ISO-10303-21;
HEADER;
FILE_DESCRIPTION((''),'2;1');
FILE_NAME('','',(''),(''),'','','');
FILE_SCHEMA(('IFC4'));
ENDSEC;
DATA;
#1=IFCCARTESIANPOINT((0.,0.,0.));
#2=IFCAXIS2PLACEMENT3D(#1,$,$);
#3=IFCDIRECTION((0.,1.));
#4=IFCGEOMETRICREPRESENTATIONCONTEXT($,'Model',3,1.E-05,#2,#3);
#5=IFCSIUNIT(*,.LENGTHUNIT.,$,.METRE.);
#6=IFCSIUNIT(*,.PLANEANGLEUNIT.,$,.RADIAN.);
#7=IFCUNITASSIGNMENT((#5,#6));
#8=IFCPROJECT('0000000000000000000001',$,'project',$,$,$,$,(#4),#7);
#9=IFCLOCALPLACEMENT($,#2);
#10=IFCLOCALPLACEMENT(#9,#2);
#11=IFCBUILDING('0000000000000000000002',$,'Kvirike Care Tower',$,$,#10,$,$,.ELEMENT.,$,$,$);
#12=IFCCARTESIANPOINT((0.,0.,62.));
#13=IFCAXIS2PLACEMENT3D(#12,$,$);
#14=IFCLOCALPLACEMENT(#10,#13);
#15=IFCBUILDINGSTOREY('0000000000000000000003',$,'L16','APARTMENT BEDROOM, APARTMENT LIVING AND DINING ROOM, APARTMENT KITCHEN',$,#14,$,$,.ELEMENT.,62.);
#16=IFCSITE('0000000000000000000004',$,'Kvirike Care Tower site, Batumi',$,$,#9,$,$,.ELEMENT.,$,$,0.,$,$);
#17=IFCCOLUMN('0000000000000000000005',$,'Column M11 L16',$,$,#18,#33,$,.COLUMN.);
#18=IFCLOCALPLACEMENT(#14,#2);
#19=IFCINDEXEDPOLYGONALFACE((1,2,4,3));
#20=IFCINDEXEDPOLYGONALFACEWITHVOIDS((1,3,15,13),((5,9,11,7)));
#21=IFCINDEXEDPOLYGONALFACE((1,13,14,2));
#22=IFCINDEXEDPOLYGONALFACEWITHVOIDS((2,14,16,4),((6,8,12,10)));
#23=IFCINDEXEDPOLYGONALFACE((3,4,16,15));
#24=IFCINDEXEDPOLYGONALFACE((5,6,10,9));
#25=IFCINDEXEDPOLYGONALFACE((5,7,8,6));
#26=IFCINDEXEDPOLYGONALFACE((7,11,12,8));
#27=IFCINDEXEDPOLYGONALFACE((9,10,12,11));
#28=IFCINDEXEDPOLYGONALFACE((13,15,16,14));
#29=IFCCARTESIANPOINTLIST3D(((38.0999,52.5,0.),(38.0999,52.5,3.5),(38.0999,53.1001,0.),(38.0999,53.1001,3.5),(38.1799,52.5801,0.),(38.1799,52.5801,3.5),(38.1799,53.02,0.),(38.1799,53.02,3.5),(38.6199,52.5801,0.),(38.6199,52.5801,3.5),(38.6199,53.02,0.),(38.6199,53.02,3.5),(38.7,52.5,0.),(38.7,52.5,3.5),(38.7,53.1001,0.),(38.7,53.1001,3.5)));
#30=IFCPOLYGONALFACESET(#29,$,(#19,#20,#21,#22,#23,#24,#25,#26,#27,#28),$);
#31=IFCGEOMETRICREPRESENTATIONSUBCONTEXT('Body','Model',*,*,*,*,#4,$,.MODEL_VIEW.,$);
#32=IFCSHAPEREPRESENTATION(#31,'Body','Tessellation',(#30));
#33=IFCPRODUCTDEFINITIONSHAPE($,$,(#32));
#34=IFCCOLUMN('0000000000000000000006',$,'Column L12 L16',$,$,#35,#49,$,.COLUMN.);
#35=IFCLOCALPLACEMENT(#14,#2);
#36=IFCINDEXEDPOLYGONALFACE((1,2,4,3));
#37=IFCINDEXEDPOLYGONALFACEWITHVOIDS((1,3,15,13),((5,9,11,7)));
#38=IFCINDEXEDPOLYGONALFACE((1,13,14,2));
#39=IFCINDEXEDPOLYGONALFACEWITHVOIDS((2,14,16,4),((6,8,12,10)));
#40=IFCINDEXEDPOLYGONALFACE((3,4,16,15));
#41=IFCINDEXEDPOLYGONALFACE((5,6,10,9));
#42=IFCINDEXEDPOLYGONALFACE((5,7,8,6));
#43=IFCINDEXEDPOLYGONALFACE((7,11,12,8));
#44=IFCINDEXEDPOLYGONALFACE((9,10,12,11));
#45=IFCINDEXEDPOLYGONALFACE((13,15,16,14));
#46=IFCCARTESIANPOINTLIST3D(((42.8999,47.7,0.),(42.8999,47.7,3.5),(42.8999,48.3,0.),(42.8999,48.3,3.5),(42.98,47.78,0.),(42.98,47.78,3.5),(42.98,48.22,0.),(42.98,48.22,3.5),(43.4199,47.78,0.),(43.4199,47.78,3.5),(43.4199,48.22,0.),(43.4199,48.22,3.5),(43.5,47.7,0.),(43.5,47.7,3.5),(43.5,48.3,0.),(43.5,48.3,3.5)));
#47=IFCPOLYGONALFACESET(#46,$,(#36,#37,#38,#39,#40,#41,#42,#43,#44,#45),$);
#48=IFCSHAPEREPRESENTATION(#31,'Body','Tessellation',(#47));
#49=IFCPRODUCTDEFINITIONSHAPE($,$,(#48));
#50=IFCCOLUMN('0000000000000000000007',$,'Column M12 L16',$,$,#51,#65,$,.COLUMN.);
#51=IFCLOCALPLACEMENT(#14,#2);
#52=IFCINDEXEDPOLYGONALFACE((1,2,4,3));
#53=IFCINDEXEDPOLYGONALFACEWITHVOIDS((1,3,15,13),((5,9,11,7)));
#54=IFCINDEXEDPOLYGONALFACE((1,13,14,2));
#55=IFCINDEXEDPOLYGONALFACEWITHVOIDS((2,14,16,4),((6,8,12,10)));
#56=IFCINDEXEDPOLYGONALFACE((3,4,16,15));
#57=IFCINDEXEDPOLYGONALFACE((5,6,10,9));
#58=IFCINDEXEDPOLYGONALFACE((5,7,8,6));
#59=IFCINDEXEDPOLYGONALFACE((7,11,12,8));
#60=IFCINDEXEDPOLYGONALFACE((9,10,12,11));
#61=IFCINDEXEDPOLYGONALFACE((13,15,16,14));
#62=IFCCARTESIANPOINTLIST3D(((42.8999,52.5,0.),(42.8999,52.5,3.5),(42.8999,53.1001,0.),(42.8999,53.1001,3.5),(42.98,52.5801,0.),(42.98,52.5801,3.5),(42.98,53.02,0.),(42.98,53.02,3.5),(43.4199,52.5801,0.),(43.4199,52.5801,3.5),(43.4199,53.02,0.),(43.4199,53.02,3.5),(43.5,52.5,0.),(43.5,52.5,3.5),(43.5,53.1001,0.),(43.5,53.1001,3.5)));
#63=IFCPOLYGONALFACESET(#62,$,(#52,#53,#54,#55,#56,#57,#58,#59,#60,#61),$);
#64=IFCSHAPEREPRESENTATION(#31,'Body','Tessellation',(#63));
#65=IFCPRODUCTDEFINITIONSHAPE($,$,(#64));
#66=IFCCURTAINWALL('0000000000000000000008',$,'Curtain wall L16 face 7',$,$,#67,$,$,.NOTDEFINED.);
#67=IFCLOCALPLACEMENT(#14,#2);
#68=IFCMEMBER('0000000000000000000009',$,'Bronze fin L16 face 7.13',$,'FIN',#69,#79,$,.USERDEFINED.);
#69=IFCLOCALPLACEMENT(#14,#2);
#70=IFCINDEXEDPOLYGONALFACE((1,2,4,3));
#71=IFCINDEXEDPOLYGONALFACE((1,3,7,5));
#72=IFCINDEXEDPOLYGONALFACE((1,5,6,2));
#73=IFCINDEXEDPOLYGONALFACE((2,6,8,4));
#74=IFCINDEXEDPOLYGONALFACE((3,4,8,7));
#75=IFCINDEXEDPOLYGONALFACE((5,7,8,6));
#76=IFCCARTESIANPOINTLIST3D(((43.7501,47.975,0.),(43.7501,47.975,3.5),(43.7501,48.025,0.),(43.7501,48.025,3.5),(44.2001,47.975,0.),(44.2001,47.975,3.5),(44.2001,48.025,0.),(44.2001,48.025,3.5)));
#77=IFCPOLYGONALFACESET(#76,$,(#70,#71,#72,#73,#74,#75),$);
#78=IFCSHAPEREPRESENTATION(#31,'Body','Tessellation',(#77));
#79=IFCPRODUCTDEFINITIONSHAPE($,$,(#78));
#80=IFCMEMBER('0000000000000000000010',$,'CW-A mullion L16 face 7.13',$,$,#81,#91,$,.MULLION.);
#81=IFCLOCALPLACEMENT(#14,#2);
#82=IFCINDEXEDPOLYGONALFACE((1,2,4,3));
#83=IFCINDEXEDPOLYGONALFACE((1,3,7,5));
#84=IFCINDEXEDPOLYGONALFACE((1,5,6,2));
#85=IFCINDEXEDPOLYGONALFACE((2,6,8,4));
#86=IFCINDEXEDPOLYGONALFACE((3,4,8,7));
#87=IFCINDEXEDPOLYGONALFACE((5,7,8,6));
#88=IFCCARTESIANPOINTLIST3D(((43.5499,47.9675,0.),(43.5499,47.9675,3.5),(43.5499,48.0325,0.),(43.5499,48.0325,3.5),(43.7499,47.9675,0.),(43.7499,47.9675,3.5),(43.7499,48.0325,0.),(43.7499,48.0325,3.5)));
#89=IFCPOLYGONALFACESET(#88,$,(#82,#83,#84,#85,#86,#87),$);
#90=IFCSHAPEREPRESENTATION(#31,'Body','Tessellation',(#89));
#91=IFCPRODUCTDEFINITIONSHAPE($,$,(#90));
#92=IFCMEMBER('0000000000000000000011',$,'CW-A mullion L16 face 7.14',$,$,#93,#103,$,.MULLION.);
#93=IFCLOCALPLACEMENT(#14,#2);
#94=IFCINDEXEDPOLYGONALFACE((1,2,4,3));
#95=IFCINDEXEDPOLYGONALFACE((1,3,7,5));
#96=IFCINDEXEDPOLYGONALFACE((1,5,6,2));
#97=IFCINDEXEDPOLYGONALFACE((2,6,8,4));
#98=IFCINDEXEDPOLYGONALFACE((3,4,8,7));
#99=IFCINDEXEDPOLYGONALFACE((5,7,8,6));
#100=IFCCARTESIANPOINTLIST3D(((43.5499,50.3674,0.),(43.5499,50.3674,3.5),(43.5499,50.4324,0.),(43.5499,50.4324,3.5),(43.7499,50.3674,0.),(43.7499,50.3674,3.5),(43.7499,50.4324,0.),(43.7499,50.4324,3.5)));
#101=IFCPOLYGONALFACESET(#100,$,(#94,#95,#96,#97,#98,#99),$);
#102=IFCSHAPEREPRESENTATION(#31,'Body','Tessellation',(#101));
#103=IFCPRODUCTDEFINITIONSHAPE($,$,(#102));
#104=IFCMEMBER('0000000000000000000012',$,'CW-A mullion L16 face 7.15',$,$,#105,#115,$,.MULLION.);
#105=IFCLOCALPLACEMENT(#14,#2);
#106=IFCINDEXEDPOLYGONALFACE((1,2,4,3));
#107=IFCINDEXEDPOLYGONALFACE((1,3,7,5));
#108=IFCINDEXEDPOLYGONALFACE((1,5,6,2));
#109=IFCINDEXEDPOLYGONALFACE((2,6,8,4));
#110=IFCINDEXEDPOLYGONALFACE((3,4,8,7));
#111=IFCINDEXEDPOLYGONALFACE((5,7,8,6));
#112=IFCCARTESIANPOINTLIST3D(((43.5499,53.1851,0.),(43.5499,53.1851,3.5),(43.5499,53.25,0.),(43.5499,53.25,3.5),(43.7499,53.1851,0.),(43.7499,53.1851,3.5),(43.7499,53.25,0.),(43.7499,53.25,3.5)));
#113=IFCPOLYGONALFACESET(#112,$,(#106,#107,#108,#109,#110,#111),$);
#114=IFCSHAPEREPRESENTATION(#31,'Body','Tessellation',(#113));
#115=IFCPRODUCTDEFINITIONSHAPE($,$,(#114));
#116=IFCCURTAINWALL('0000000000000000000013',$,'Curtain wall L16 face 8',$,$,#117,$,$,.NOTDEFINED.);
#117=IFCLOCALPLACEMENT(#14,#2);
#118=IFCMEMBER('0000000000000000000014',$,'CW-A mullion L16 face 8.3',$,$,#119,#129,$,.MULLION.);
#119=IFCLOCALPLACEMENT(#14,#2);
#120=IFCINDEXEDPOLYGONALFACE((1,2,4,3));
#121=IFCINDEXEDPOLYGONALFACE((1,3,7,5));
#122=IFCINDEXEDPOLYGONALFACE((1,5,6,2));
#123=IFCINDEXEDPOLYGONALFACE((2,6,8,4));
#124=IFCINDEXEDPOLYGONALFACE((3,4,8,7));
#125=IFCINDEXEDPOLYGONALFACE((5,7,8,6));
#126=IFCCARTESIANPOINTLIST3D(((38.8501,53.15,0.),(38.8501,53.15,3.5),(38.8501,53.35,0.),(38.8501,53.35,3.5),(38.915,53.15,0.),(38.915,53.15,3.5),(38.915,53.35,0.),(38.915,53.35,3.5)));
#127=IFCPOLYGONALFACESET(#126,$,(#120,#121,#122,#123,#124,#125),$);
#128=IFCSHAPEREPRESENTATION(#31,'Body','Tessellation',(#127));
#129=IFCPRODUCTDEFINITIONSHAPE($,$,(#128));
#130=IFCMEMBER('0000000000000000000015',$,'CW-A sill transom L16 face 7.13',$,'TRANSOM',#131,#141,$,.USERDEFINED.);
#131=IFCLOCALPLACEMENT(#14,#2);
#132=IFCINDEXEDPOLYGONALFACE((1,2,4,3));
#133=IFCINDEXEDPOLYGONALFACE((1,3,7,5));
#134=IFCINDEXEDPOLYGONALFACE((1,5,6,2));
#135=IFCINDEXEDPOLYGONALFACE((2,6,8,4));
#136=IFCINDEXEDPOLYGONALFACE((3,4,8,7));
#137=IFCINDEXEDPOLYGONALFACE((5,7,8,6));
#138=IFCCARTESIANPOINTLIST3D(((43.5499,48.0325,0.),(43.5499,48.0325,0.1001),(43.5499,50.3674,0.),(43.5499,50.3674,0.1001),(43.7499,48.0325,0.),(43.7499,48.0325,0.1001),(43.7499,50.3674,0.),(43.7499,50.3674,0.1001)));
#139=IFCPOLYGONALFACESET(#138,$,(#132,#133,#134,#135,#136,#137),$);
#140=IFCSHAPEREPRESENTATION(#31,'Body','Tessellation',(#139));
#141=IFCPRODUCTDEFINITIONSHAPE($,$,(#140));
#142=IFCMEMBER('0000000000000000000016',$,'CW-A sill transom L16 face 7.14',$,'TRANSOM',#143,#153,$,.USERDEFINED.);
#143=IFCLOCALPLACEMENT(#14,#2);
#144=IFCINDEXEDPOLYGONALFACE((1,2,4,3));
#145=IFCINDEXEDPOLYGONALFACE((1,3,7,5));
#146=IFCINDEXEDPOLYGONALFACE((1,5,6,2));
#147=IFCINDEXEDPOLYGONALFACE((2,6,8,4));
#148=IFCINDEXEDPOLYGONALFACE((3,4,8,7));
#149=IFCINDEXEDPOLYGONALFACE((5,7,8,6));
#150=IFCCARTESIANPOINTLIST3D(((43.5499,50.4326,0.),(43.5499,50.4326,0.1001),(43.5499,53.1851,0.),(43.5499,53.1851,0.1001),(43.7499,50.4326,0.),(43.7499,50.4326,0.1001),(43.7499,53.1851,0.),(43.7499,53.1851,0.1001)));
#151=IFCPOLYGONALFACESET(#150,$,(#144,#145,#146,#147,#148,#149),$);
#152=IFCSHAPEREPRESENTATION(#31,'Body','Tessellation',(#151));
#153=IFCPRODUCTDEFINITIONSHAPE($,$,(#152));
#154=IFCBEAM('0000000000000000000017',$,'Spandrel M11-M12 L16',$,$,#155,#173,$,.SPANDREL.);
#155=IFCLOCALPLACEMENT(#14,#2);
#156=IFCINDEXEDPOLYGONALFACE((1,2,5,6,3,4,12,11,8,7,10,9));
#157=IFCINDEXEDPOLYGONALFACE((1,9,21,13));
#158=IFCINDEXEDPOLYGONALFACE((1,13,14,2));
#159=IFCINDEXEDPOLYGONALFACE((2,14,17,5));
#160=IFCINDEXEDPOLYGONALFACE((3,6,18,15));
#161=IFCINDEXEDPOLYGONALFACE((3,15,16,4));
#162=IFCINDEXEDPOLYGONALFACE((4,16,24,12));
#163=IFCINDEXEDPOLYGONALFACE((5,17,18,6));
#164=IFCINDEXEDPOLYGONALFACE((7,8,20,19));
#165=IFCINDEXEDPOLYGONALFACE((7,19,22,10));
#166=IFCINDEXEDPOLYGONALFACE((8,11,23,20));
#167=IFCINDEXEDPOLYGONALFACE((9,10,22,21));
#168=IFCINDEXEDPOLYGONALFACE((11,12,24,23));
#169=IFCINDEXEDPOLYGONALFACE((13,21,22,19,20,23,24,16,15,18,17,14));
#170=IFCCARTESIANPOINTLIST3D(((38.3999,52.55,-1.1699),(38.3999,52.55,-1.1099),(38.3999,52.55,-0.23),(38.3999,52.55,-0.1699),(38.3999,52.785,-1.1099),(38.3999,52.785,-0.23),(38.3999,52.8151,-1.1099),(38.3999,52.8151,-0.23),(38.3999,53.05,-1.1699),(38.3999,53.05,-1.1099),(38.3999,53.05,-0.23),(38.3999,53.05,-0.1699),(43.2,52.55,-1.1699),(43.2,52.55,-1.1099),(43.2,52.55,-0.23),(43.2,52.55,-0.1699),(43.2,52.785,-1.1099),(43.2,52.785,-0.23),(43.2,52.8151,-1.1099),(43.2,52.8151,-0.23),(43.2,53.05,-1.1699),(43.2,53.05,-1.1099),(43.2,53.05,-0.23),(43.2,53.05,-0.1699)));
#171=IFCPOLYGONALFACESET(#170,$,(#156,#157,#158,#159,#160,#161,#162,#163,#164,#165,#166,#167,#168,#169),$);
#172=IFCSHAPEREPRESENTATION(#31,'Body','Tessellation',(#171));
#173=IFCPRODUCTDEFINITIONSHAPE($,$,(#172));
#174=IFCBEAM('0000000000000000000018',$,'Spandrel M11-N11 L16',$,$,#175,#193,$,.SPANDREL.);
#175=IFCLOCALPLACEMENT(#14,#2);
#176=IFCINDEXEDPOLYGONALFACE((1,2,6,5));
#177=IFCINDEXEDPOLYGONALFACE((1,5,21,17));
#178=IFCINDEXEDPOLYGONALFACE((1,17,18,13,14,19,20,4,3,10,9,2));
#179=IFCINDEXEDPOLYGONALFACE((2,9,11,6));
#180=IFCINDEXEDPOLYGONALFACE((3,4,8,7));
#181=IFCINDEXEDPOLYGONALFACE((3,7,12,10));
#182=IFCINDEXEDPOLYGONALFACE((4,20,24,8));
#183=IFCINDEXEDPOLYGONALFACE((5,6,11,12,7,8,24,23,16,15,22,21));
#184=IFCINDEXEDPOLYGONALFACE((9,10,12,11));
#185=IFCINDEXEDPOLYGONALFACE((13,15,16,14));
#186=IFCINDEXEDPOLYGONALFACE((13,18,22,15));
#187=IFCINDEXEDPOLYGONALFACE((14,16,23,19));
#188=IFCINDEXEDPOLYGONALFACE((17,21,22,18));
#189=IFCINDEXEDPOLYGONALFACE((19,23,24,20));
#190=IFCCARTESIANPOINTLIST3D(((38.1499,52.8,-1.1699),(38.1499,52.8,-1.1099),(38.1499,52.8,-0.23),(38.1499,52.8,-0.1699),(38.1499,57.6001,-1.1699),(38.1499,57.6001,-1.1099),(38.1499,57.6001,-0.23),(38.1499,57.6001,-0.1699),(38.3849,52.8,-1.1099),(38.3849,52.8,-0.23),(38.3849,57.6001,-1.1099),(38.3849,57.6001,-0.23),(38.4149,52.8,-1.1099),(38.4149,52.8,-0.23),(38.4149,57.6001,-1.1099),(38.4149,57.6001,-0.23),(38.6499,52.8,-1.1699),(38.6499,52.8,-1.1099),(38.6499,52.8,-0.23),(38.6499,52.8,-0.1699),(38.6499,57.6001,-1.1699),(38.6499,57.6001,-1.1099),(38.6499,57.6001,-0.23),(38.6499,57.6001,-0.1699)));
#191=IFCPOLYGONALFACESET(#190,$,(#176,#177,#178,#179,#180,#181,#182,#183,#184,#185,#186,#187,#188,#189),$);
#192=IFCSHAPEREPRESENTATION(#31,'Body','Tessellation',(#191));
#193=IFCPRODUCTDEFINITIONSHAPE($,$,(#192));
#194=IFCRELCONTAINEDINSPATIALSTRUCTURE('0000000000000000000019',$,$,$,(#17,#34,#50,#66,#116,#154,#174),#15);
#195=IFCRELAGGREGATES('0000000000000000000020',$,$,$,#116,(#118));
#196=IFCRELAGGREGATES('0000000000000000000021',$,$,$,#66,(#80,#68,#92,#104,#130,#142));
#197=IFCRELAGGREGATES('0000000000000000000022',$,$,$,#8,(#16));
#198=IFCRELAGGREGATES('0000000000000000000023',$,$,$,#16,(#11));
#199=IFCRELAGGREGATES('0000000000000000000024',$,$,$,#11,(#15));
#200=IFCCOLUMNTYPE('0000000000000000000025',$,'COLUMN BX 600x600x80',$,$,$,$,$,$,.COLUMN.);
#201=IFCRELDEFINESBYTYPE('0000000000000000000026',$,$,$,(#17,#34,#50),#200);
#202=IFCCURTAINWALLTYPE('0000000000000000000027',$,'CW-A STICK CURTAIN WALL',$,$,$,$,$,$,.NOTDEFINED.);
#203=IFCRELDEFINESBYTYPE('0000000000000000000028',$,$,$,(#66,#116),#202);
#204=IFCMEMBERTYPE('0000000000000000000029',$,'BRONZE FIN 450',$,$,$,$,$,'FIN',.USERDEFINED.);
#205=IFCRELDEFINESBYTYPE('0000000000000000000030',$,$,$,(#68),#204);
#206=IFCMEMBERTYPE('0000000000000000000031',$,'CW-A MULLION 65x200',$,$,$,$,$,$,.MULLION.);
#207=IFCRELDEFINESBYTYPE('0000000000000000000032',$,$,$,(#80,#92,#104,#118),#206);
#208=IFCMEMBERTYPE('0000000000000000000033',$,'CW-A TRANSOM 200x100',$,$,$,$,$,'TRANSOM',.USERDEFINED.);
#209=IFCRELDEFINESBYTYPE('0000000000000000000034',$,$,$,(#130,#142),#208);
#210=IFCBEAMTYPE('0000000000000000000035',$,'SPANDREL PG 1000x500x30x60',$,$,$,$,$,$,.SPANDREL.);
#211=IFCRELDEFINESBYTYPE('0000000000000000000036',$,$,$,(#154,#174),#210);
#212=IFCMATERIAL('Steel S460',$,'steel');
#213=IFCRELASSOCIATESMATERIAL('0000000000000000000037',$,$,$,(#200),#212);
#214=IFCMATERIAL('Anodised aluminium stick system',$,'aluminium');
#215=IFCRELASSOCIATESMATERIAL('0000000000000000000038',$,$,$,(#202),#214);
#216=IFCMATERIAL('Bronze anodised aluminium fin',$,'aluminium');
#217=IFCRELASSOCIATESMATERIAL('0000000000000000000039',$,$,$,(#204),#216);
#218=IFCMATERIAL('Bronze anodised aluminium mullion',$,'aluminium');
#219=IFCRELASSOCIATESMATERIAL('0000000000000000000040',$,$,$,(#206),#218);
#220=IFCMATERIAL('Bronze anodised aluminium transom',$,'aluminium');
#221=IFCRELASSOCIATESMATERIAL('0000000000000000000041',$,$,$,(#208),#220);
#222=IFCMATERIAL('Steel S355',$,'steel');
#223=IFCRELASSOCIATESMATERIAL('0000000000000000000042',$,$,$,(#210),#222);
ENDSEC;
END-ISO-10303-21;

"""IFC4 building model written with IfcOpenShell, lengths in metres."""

from ifc_helpers import new_model, si_unit, direction, frame, origin, origin_2d, place, context, subcontext, project, spatial, rectangle, hollow_rectangle, i_section, extrude, material, material_profile, profile_set, type_object, element, aggregate, save


model = new_model("IFC4")

# Units and contexts
model_context = context("Model", 3, precision=1e-05, world=origin(), true_north=direction((0.0, 1.0)))
body_context = subcontext(model_context, "Body", "Model", "MODEL_VIEW")
ifc_project = project(units=[si_unit("LENGTHUNIT", "METRE"), si_unit("PLANEANGLEUNIT", "RADIAN")], contexts=[model_context])

# Site, building, storey
site_placement = place(None, origin())
site = spatial("IfcSite", under=ifc_project, at=site_placement, Name="Kvirike Care Tower site, Batumi", CompositionType="ELEMENT", RefElevation=0.0)
building_placement = place(site_placement, origin())
building = spatial("IfcBuilding", under=site, at=building_placement, Name="Kvirike Care Tower", CompositionType="ELEMENT")
storey_placement = place(building_placement, frame((0.0, 0.0, 62.0)))
storey = spatial("IfcBuildingStorey", under=building, at=storey_placement, Name="L16", Description="APARTMENT BEDROOM, APARTMENT LIVING AND DINING ROOM, APARTMENT KITCHEN", CompositionType="ELEMENT", Elevation=62.0)

# Columns
ifc_material_1 = material(Name="Steel S460", Category="steel")
ifc_material_profile_1 = material_profile(ifc_material_1, hollow_rectangle(XDim=0.6001, YDim=0.6001, WallThickness=0.0801, at=origin_2d()), Name="BX 600x600x80")
ifc_profile_set_1 = profile_set([ifc_material_profile_1], Name="Steel S460")
column_type = type_object("IfcColumnType", Name="COLUMN BX 600x600x80", PredefinedType="COLUMN", material=ifc_profile_set_1)
for number, where, z_axis, x_axis, name in (
    (1, (38.3999, 52.8, 0.0), (0.0, 0.0, 1.0), (0.0, 1.0, 0.0), "Column M11 L16"),
    (2, (43.2, 48.0, 0.0), (0.0, 0.0, 1.0), (1.0, 0.0, 0.0), "Column L12 L16"),
    (3, (43.2, 52.8, 0.0), (0.0, 0.0, 1.0), (0.0, 1.0, 0.0), "Column M12 L16"),
):
    element("IfcColumn", number, at=place(storey_placement, frame(where, z_axis=z_axis, x_axis=x_axis)), inside=storey, type_object=column_type, Name=name, PredefinedType="COLUMN", context=body_context, shape_type="SweptSolid", body=[
        extrude(hollow_rectangle(XDim=0.6001, YDim=0.6001, WallThickness=0.0801, at=origin_2d()), origin(), (0.0, 0.0, 1.0), 3.5),
    ])

# Curtain wall, members
ifc_material_2 = material(Name="Anodised aluminium stick system", Category="aluminium")
curtain_wall_type = type_object("IfcCurtainWallType", Name="CW-A STICK CURTAIN WALL", PredefinedType="NOTDEFINED", material=ifc_material_2)
curtain_wall_1_placement = place(storey_placement, origin())
curtain_wall_1 = element("IfcCurtainWall", 4, at=curtain_wall_1_placement, inside=storey, type_object=curtain_wall_type, Name="Curtain wall L16 face 7", PredefinedType="NOTDEFINED")
ifc_material_3 = material(Name="Bronze anodised aluminium fin", Category="aluminium")
ifc_material_profile_2 = material_profile(ifc_material_3, rectangle(XDim=0.05, YDim=0.45, at=origin_2d()), Name="BRONZE FIN 450")
ifc_profile_set_2 = profile_set([ifc_material_profile_2], Name="Bronze anodised aluminium fin")
member_type_1 = type_object("IfcMemberType", Name="BRONZE FIN 450", ElementType="FIN", PredefinedType="USERDEFINED", material=ifc_profile_set_2)
member_1_placement = place(storey_placement, frame((43.9751, 48.0, 0.0), z_axis=(0.0, 0.0, 1.0), x_axis=(0.0, 1.0, 0.0)))
member_1 = element("IfcMember", 5, at=member_1_placement, type_object=member_type_1, Name="Bronze fin L16 face 7.13", ObjectType="FIN", PredefinedType="USERDEFINED", context=body_context, shape_type="SweptSolid", body=[
    extrude(rectangle(XDim=0.05, YDim=0.45, at=origin_2d()), origin(), (0.0, 0.0, 1.0), 3.5),
])
ifc_material_4 = material(Name="Bronze anodised aluminium mullion", Category="aluminium")
ifc_material_profile_3 = material_profile(ifc_material_4, rectangle(XDim=0.0649, YDim=0.2, at=origin_2d()), Name="CW-A MULLION 65x200")
ifc_profile_set_3 = profile_set([ifc_material_profile_3], Name="Bronze anodised aluminium mullion")
member_type_2 = type_object("IfcMemberType", Name="CW-A MULLION 65x200", PredefinedType="MULLION", material=ifc_profile_set_3)
member_2_placement = place(storey_placement, frame((43.6499, 48.0, 0.0), z_axis=(0.0, 0.0, 1.0), x_axis=(0.0, 1.0, 0.0)))
member_2 = element("IfcMember", 6, at=member_2_placement, type_object=member_type_2, Name="CW-A mullion L16 face 7.13", PredefinedType="MULLION", context=body_context, shape_type="SweptSolid", body=[
    extrude(rectangle(XDim=0.0649, YDim=0.2, at=origin_2d()), origin(), (0.0, 0.0, 1.0), 3.5),
])
member_3_placement = place(storey_placement, frame((43.6499, 50.3999, 0.0), z_axis=(0.0, 0.0, 1.0), x_axis=(0.0, 1.0, 0.0)))
member_3 = element("IfcMember", 7, at=member_3_placement, type_object=member_type_2, Name="CW-A mullion L16 face 7.14", PredefinedType="MULLION", context=body_context, shape_type="SweptSolid", body=[
    extrude(rectangle(XDim=0.0649, YDim=0.2, at=origin_2d()), origin(), (0.0, 0.0, 1.0), 3.5),
])
member_4_placement = place(storey_placement, frame((43.6499, 53.2175, 0.0), z_axis=(0.0, 0.0, 1.0), x_axis=(0.0, 1.0, 0.0)))
member_4 = element("IfcMember", 8, at=member_4_placement, type_object=member_type_2, Name="CW-A mullion L16 face 7.15", PredefinedType="MULLION", context=body_context, shape_type="SweptSolid", body=[
    extrude(rectangle(XDim=0.0649, YDim=0.2, at=origin_2d()), origin(), (0.0, 0.0, 1.0), 3.5),
])

# Curtain wall, member
curtain_wall_2_placement = place(storey_placement, origin())
curtain_wall_2 = element("IfcCurtainWall", 9, at=curtain_wall_2_placement, inside=storey, type_object=curtain_wall_type, Name="Curtain wall L16 face 8", PredefinedType="NOTDEFINED")
member_5_placement = place(storey_placement, frame((38.8826, 53.25, 0.0), z_axis=(0.0, 0.0, 1.0), x_axis=(-1.0, 0.0, 0.0)))
member_5 = element("IfcMember", 10, at=member_5_placement, type_object=member_type_2, Name="CW-A mullion L16 face 8.3", PredefinedType="MULLION", context=body_context, shape_type="SweptSolid", body=[
    extrude(rectangle(XDim=0.0649, YDim=0.2, at=origin_2d()), origin(), (0.0, 0.0, 1.0), 3.5),
])
aggregate(curtain_wall_2, [member_5])

# Members
ifc_material_5 = material(Name="Bronze anodised aluminium transom", Category="aluminium")
ifc_material_profile_4 = material_profile(ifc_material_5, rectangle(XDim=0.2, YDim=0.1001, at=origin_2d()), Name="CW-A TRANSOM 200x100")
ifc_profile_set_4 = profile_set([ifc_material_profile_4], Name="Bronze anodised aluminium transom")
member_type_3 = type_object("IfcMemberType", Name="CW-A TRANSOM 200x100", ElementType="TRANSOM", PredefinedType="USERDEFINED", material=ifc_profile_set_4)
member_6_placement = place(storey_placement, frame((43.6499, 48.0325, 0.05), z_axis=(0.0, 1.0, 0.0), x_axis=(-1.0, 0.0, 0.0)))
member_6 = element("IfcMember", 11, at=member_6_placement, type_object=member_type_3, Name="CW-A sill transom L16 face 7.13", ObjectType="TRANSOM", PredefinedType="USERDEFINED", context=body_context, shape_type="SweptSolid", body=[
    extrude(rectangle(XDim=0.2, YDim=0.1001, at=origin_2d()), origin(), (0.0, 0.0, 1.0), 2.335),
])
member_7_placement = place(storey_placement, frame((43.6499, 50.4326, 0.05), z_axis=(0.0, 1.0, 0.0), x_axis=(-1.0, 0.0, 0.0)))
member_7 = element("IfcMember", 12, at=member_7_placement, type_object=member_type_3, Name="CW-A sill transom L16 face 7.14", ObjectType="TRANSOM", PredefinedType="USERDEFINED", context=body_context, shape_type="SweptSolid", body=[
    extrude(rectangle(XDim=0.2, YDim=0.1001, at=origin_2d()), origin(), (0.0, 0.0, 1.0), 2.7524),
])

# Beams
ifc_material_6 = material(Name="Steel S355", Category="steel")
ifc_material_profile_5 = material_profile(ifc_material_6, i_section(OverallWidth=0.5, OverallDepth=1.0, WebThickness=0.03, FlangeThickness=0.0601, at=origin_2d()), Name="PG 1000x500x30x60")
ifc_profile_set_5 = profile_set([ifc_material_profile_5], Name="Steel S355")
beam_type = type_object("IfcBeamType", Name="SPANDREL PG 1000x500x30x60", PredefinedType="SPANDREL", material=ifc_profile_set_5)
for number, where, z_axis, x_axis, name in (
    (13, (38.3999, 52.8, -0.6699), (1.0, 0.0, 0.0), (0.0, 1.0, 0.0), "Spandrel M11-M12 L16"),
    (14, (38.3999, 52.8, -0.6699), (0.0, 1.0, 0.0), (-1.0, 0.0, 0.0), "Spandrel M11-N11 L16"),
):
    element("IfcBeam", number, at=place(storey_placement, frame(where, z_axis=z_axis, x_axis=x_axis)), inside=storey, type_object=beam_type, Name=name, PredefinedType="SPANDREL", context=body_context, shape_type="SweptSolid", body=[
        extrude(i_section(OverallWidth=0.5, OverallDepth=1.0, WebThickness=0.03, FlangeThickness=0.0601, at=origin_2d()), origin(), (0.0, 0.0, 1.0), 4.8),
    ])

aggregate(curtain_wall_1, [member_2, member_1, member_3, member_4, member_6, member_7])

save(model, "model.ifc")
